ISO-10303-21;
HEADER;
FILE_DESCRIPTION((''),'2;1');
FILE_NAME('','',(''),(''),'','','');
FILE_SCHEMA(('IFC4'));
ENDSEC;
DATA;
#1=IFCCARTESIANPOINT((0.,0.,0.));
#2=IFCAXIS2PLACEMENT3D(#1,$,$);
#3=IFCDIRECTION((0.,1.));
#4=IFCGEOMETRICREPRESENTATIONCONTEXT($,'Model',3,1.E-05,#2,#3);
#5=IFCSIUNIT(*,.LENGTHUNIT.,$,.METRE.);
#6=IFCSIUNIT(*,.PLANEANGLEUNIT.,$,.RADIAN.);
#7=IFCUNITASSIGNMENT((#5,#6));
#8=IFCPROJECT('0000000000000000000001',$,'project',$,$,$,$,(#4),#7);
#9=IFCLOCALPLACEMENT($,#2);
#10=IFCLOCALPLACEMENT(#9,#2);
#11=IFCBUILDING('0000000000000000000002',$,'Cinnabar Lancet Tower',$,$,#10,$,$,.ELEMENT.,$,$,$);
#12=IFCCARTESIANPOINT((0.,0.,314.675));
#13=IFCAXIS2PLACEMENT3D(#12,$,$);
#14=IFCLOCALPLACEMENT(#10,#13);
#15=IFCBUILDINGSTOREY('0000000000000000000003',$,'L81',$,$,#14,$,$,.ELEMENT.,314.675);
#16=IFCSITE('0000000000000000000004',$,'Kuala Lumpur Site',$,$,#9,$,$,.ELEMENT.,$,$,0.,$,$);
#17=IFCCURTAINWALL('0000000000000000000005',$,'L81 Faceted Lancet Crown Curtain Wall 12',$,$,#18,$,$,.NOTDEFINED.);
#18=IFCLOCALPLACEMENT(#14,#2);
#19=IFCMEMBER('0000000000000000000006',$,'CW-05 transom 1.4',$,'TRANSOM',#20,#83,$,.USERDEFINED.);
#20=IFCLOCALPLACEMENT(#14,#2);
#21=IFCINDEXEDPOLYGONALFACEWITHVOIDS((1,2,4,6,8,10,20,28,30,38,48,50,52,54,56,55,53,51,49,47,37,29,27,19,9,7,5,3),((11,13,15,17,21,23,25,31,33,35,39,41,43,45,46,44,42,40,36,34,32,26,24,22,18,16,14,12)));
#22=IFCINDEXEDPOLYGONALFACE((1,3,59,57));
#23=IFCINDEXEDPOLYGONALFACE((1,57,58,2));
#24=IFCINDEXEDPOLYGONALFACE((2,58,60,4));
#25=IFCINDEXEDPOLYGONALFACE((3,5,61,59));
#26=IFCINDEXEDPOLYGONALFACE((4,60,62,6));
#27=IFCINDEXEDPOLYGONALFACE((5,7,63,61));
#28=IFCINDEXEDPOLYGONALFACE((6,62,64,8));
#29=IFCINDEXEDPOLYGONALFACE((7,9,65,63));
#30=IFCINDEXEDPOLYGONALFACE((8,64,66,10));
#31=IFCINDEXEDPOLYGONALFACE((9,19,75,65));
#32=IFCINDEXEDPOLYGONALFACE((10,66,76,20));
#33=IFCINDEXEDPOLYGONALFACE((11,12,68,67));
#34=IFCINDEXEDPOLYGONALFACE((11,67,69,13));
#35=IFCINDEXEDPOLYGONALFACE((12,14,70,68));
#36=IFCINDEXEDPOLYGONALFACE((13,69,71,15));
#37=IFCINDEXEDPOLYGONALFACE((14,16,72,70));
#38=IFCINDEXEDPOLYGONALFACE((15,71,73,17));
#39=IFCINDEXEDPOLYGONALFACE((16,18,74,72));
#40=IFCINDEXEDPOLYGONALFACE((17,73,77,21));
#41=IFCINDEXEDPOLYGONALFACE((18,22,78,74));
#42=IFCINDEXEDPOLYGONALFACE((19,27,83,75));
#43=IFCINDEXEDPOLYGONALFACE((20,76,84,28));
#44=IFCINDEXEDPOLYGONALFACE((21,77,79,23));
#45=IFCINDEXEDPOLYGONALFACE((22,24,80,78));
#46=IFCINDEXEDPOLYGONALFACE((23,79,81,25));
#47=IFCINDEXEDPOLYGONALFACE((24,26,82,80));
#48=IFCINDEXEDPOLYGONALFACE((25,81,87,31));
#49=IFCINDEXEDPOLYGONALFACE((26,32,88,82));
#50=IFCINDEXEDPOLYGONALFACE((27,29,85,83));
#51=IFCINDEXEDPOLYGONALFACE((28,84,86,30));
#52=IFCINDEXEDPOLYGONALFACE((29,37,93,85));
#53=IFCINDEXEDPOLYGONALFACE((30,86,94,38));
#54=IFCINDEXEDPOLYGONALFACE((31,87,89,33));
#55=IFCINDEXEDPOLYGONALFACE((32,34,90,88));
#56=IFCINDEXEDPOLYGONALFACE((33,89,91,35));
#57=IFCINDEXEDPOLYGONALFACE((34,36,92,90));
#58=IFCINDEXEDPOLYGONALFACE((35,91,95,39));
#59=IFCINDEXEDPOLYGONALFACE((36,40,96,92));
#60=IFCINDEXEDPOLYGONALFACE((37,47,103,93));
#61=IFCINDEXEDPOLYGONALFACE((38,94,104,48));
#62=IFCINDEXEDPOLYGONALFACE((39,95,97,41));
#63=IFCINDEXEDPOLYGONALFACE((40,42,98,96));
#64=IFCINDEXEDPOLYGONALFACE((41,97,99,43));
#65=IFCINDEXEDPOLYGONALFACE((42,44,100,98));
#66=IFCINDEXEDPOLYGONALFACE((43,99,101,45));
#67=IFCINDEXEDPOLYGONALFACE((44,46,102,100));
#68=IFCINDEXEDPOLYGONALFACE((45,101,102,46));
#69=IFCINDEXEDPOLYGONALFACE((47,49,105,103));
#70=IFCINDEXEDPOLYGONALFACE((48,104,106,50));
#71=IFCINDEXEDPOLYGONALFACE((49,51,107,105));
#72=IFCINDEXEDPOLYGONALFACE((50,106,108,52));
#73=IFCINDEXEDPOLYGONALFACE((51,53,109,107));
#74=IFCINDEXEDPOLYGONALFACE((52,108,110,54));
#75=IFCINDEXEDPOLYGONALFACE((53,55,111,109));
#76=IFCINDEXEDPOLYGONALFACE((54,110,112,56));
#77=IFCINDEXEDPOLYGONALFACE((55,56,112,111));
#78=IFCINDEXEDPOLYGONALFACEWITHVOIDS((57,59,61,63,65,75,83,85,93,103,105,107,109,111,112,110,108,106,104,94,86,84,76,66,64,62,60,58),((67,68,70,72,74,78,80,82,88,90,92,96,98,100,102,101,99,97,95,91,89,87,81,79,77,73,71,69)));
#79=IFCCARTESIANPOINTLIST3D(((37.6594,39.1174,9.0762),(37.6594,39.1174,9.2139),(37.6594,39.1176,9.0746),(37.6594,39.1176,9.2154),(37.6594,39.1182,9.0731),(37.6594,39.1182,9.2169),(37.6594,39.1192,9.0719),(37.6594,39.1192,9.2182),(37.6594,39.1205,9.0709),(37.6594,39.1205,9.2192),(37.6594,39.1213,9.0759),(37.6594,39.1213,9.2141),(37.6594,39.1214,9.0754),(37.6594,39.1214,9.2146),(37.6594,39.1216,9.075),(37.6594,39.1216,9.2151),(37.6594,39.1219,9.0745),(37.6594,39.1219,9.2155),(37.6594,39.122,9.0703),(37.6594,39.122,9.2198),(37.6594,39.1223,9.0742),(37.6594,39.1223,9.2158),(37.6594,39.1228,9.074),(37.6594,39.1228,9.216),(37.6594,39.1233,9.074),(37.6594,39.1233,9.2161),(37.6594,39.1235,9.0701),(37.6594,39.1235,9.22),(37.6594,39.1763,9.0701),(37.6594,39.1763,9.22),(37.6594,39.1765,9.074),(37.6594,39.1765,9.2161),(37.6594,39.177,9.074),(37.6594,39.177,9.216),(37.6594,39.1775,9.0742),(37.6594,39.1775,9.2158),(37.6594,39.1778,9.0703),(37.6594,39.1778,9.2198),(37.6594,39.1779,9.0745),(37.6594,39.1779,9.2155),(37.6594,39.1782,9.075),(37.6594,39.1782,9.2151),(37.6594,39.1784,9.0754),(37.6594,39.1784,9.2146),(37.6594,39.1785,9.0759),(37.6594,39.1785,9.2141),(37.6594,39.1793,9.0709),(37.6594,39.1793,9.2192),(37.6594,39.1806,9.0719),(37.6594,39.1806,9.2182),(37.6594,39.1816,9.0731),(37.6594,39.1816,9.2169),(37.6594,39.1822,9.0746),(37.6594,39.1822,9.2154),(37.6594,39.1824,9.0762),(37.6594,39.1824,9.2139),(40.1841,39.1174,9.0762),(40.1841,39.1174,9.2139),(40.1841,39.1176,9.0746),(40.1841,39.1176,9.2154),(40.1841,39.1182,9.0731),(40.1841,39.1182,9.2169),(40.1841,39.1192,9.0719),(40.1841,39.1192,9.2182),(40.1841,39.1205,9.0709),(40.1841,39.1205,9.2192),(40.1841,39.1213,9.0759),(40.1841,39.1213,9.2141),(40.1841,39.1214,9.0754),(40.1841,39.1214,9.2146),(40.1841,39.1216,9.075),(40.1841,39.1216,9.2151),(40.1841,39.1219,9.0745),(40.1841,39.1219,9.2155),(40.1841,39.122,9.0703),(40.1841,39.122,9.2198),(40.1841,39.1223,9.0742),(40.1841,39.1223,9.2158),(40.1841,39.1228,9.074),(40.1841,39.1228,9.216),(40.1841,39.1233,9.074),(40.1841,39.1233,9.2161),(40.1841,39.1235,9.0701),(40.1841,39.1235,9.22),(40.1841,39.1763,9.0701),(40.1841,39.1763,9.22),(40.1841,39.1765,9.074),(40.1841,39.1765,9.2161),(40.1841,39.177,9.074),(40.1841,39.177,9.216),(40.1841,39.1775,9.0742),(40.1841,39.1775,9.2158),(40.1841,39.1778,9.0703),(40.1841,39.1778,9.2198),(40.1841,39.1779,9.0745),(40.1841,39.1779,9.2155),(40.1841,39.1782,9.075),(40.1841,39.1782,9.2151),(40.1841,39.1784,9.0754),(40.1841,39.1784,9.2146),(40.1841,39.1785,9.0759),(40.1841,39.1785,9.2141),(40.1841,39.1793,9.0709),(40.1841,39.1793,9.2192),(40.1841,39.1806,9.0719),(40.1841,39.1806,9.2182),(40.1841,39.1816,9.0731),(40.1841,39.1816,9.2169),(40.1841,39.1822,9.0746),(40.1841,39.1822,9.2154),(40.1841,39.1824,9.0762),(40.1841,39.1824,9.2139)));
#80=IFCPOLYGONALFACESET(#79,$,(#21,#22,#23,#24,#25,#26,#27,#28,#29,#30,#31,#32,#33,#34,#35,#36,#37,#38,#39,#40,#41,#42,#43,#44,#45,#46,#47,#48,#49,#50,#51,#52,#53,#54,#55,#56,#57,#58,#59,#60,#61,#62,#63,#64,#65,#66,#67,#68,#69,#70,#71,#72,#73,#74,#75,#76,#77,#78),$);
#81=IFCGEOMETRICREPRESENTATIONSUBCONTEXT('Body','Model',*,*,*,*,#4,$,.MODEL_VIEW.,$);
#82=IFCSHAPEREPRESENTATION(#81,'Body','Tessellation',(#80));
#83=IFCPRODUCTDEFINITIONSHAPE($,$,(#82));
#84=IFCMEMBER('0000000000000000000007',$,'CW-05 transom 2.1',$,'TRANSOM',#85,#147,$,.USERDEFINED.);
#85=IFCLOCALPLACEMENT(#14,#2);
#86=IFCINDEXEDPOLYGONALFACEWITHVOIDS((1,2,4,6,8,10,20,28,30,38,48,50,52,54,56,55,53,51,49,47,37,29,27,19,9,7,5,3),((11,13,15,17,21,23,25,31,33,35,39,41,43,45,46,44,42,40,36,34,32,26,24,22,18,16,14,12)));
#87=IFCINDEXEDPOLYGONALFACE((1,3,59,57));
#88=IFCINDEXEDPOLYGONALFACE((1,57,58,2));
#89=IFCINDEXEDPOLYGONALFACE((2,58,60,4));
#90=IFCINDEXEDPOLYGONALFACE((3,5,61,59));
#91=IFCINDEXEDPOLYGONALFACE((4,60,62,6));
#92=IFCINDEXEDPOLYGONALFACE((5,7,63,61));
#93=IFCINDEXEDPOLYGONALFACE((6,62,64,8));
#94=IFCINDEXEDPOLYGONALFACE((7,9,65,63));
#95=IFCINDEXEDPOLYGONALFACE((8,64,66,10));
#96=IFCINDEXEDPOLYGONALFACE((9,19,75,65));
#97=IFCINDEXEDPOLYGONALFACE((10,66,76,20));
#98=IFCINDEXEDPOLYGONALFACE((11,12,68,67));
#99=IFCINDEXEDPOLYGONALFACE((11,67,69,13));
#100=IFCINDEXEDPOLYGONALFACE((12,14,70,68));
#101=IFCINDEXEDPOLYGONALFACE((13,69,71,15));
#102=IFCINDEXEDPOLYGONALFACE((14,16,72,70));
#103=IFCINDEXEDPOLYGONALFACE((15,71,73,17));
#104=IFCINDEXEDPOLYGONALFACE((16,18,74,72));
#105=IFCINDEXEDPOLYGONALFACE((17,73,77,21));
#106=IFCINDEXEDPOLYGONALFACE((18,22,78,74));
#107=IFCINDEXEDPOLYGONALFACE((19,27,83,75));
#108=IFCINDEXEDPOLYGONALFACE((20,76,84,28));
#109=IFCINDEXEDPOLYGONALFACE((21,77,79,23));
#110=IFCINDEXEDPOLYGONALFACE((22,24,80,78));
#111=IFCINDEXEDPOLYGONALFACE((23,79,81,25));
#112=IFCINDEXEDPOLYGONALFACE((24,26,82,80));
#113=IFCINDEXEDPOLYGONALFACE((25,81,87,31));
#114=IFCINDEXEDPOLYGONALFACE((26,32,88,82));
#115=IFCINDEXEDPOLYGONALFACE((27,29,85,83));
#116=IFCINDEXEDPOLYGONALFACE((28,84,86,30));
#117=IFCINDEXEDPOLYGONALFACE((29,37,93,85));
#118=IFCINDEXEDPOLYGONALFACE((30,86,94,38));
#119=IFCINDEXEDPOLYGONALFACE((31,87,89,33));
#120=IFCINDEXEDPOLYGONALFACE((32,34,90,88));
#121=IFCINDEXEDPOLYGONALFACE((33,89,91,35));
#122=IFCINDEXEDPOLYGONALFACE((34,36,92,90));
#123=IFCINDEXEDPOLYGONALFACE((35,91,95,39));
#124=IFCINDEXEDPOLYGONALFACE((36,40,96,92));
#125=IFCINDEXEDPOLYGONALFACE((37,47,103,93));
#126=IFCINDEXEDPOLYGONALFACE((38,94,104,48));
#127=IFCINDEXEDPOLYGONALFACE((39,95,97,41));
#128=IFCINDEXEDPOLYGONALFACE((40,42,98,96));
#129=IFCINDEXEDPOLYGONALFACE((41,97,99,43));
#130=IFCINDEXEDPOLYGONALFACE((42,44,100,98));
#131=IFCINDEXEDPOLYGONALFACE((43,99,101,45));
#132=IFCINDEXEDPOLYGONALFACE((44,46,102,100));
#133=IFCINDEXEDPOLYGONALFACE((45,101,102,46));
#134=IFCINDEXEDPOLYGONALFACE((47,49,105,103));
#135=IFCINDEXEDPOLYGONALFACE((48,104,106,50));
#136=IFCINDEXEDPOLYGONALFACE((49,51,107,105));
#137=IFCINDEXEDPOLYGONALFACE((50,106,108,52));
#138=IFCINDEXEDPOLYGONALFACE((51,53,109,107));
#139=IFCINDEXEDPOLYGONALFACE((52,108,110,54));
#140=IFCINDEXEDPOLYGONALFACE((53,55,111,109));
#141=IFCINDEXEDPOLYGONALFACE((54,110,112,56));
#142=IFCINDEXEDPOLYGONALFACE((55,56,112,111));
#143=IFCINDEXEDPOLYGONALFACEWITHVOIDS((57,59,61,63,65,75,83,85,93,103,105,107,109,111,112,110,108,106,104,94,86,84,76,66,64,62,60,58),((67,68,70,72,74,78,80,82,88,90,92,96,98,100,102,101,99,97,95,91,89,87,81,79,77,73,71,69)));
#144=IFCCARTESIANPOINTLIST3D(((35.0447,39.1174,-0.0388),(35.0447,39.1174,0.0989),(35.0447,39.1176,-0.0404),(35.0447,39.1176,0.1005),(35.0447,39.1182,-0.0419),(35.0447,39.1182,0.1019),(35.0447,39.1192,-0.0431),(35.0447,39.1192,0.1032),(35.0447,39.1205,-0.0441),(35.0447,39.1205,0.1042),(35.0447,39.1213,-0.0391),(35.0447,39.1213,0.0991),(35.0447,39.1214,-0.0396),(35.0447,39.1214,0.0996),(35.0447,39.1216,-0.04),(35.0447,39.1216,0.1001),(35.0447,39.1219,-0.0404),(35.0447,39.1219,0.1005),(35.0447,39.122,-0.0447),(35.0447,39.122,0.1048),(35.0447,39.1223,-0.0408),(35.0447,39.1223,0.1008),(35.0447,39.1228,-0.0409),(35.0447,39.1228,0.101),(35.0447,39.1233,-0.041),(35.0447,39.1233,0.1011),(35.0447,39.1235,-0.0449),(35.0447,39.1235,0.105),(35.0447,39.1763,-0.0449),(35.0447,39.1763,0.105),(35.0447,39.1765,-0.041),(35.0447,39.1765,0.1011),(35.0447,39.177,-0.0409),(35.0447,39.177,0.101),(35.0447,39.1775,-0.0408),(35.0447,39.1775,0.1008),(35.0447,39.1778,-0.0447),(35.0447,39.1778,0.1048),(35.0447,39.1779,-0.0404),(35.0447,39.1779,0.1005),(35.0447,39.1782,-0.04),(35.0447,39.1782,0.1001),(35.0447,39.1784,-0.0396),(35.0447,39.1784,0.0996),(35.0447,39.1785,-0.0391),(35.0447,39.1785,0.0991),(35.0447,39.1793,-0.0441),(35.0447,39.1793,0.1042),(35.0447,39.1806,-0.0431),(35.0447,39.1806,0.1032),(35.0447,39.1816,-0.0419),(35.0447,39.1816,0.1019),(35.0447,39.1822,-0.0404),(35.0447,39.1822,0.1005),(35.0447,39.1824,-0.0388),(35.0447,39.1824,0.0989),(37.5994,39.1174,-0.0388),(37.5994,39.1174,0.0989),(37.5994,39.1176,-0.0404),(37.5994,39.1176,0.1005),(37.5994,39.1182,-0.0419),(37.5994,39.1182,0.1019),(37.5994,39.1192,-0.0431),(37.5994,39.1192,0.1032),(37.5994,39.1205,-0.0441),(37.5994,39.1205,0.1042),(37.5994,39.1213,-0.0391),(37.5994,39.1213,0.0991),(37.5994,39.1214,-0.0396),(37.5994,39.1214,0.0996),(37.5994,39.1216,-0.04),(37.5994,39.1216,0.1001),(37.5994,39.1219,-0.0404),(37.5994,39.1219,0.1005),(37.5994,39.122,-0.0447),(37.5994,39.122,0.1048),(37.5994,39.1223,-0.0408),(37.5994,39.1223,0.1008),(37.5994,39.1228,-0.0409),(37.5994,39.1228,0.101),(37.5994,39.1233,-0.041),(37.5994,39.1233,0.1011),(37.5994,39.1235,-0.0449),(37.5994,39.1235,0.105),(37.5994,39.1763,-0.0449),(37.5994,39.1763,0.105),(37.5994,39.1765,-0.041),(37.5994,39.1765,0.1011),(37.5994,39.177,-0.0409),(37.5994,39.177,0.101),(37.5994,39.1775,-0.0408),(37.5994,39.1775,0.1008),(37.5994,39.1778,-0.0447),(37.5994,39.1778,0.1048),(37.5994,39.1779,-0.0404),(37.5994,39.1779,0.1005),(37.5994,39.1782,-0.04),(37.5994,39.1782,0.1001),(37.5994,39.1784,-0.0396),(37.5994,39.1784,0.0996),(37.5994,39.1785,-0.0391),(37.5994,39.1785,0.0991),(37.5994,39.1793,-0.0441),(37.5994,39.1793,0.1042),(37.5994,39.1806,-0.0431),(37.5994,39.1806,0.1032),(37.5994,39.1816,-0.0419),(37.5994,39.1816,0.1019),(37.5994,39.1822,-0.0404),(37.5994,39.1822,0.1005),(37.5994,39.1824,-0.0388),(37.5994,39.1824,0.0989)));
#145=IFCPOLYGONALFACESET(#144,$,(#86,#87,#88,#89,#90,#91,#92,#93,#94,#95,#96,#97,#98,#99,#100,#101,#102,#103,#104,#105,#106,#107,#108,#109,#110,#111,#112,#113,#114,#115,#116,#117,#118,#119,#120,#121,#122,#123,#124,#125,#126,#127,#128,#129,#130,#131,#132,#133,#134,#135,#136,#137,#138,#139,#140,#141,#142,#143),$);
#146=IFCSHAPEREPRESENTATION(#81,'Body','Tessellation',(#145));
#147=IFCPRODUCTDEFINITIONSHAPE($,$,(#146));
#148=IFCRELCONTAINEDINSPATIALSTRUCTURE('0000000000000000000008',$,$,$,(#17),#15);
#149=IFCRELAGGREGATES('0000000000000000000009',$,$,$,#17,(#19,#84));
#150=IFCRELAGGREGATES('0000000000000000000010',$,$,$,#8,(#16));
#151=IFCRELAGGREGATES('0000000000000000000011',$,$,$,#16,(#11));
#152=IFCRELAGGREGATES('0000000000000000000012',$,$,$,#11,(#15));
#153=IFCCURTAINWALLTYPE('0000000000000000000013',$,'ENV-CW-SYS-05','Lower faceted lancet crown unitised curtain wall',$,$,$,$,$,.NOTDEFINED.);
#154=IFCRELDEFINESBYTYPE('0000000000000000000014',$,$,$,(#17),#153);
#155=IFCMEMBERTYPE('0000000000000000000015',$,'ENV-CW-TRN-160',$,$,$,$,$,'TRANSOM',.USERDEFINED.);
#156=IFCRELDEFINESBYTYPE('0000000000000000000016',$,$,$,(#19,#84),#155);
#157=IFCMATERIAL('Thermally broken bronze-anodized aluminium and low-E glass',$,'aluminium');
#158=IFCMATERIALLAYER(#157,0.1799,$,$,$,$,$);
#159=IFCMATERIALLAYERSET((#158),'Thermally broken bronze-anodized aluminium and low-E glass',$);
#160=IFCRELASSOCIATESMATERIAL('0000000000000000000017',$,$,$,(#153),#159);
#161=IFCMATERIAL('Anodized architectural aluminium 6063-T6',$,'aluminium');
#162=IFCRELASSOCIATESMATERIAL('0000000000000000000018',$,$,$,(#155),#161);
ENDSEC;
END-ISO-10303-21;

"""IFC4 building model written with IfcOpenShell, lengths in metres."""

from ifc_helpers import new_model, si_unit, direction, frame, origin, origin_2d, place, context, subcontext, project, spatial, hollow_rectangle, extrude, material, layer, layer_set, material_profile, profile_set, type_object, element, aggregate, save


model = new_model("IFC4")

# Units and contexts
model_context = context("Model", 3, precision=1e-05, world=origin(), true_north=direction((0.0, 1.0)))
body_context = subcontext(model_context, "Body", "Model", "MODEL_VIEW")
ifc_project = project(units=[si_unit("LENGTHUNIT", "METRE"), si_unit("PLANEANGLEUNIT", "RADIAN")], contexts=[model_context])

# Site, building, storey
site_placement = place(None, origin())
site = spatial("IfcSite", under=ifc_project, at=site_placement, Name="Kuala Lumpur Site", CompositionType="ELEMENT", RefElevation=0.0)
building_placement = place(site_placement, origin())
building = spatial("IfcBuilding", under=site, at=building_placement, Name="Cinnabar Lancet Tower", CompositionType="ELEMENT")
storey_placement = place(building_placement, frame((0.0, 0.0, 314.675)))
storey = spatial("IfcBuildingStorey", under=building, at=storey_placement, Name="L81", CompositionType="ELEMENT", Elevation=314.675)

# Shared definitions
ifc_material_1 = material(Name="Thermally broken bronze-anodized aluminium and low-E glass", Category="aluminium")
ifc_layer_1 = layer(ifc_material_1, 0.1799)
ifc_layer_set_1 = layer_set([ifc_layer_1], Name="Thermally broken bronze-anodized aluminium and low-E glass")
curtain_wall_type = type_object("IfcCurtainWallType", Name="ENV-CW-SYS-05", Description="Lower faceted lancet crown unitised curtain wall", PredefinedType="NOTDEFINED", material=ifc_layer_set_1)

# Curtain wall, members
curtain_wall_1_placement = place(storey_placement, origin())
curtain_wall_1 = element("IfcCurtainWall", 1, at=curtain_wall_1_placement, inside=storey, type_object=curtain_wall_type, Name="L81 Faceted Lancet Crown Curtain Wall 12", PredefinedType="NOTDEFINED")
ifc_material_2 = material(Name="Anodized architectural aluminium 6063-T6", Category="aluminium")
ifc_material_profile_1 = material_profile(ifc_material_2, hollow_rectangle(XDim=0.0649, YDim=0.1499, WallThickness=0.0039, InnerFilletRadius=0.002, OuterFilletRadius=0.0061, at=origin_2d()), Name="CW-TRN 150x65x4")
ifc_profile_set_1 = profile_set([ifc_material_profile_1], Name="Anodized architectural aluminium 6063-T6")
member_type_1 = type_object("IfcMemberType", Name="ENV-CW-TRN-160", ElementType="TRANSOM", PredefinedType="USERDEFINED", material=ifc_profile_set_1)
member_1_placement = place(storey_placement, frame((40.1841, 39.1499, 9.145), z_axis=(-1.0, 0.0, 0.0), x_axis=(0.0, -1.0, 0.0)))
member_1 = element("IfcMember", 2, at=member_1_placement, type_object=member_type_1, Name="CW-05 transom 1.4", ObjectType="TRANSOM", PredefinedType="USERDEFINED", context=body_context, shape_type="SweptSolid", body=[
    extrude(hollow_rectangle(XDim=0.0649, YDim=0.1499, WallThickness=0.0039, InnerFilletRadius=0.002, OuterFilletRadius=0.0061, at=origin_2d()), origin(), (0.0, 0.0, 1.0), 2.5247),
])
member_2_placement = place(storey_placement, frame((37.5994, 39.1499, 0.03), z_axis=(-1.0, 0.0, 0.0), x_axis=(0.0, -1.0, 0.0)))
member_2 = element("IfcMember", 3, at=member_2_placement, type_object=member_type_1, Name="CW-05 transom 2.1", ObjectType="TRANSOM", PredefinedType="USERDEFINED", context=body_context, shape_type="SweptSolid", body=[
    extrude(hollow_rectangle(XDim=0.0649, YDim=0.1499, WallThickness=0.0039, InnerFilletRadius=0.002, OuterFilletRadius=0.0061, at=origin_2d()), origin(), (0.0, 0.0, 1.0), 2.5547),
])

aggregate(curtain_wall_1, [member_1, member_2])

save(model, "model.ifc")
